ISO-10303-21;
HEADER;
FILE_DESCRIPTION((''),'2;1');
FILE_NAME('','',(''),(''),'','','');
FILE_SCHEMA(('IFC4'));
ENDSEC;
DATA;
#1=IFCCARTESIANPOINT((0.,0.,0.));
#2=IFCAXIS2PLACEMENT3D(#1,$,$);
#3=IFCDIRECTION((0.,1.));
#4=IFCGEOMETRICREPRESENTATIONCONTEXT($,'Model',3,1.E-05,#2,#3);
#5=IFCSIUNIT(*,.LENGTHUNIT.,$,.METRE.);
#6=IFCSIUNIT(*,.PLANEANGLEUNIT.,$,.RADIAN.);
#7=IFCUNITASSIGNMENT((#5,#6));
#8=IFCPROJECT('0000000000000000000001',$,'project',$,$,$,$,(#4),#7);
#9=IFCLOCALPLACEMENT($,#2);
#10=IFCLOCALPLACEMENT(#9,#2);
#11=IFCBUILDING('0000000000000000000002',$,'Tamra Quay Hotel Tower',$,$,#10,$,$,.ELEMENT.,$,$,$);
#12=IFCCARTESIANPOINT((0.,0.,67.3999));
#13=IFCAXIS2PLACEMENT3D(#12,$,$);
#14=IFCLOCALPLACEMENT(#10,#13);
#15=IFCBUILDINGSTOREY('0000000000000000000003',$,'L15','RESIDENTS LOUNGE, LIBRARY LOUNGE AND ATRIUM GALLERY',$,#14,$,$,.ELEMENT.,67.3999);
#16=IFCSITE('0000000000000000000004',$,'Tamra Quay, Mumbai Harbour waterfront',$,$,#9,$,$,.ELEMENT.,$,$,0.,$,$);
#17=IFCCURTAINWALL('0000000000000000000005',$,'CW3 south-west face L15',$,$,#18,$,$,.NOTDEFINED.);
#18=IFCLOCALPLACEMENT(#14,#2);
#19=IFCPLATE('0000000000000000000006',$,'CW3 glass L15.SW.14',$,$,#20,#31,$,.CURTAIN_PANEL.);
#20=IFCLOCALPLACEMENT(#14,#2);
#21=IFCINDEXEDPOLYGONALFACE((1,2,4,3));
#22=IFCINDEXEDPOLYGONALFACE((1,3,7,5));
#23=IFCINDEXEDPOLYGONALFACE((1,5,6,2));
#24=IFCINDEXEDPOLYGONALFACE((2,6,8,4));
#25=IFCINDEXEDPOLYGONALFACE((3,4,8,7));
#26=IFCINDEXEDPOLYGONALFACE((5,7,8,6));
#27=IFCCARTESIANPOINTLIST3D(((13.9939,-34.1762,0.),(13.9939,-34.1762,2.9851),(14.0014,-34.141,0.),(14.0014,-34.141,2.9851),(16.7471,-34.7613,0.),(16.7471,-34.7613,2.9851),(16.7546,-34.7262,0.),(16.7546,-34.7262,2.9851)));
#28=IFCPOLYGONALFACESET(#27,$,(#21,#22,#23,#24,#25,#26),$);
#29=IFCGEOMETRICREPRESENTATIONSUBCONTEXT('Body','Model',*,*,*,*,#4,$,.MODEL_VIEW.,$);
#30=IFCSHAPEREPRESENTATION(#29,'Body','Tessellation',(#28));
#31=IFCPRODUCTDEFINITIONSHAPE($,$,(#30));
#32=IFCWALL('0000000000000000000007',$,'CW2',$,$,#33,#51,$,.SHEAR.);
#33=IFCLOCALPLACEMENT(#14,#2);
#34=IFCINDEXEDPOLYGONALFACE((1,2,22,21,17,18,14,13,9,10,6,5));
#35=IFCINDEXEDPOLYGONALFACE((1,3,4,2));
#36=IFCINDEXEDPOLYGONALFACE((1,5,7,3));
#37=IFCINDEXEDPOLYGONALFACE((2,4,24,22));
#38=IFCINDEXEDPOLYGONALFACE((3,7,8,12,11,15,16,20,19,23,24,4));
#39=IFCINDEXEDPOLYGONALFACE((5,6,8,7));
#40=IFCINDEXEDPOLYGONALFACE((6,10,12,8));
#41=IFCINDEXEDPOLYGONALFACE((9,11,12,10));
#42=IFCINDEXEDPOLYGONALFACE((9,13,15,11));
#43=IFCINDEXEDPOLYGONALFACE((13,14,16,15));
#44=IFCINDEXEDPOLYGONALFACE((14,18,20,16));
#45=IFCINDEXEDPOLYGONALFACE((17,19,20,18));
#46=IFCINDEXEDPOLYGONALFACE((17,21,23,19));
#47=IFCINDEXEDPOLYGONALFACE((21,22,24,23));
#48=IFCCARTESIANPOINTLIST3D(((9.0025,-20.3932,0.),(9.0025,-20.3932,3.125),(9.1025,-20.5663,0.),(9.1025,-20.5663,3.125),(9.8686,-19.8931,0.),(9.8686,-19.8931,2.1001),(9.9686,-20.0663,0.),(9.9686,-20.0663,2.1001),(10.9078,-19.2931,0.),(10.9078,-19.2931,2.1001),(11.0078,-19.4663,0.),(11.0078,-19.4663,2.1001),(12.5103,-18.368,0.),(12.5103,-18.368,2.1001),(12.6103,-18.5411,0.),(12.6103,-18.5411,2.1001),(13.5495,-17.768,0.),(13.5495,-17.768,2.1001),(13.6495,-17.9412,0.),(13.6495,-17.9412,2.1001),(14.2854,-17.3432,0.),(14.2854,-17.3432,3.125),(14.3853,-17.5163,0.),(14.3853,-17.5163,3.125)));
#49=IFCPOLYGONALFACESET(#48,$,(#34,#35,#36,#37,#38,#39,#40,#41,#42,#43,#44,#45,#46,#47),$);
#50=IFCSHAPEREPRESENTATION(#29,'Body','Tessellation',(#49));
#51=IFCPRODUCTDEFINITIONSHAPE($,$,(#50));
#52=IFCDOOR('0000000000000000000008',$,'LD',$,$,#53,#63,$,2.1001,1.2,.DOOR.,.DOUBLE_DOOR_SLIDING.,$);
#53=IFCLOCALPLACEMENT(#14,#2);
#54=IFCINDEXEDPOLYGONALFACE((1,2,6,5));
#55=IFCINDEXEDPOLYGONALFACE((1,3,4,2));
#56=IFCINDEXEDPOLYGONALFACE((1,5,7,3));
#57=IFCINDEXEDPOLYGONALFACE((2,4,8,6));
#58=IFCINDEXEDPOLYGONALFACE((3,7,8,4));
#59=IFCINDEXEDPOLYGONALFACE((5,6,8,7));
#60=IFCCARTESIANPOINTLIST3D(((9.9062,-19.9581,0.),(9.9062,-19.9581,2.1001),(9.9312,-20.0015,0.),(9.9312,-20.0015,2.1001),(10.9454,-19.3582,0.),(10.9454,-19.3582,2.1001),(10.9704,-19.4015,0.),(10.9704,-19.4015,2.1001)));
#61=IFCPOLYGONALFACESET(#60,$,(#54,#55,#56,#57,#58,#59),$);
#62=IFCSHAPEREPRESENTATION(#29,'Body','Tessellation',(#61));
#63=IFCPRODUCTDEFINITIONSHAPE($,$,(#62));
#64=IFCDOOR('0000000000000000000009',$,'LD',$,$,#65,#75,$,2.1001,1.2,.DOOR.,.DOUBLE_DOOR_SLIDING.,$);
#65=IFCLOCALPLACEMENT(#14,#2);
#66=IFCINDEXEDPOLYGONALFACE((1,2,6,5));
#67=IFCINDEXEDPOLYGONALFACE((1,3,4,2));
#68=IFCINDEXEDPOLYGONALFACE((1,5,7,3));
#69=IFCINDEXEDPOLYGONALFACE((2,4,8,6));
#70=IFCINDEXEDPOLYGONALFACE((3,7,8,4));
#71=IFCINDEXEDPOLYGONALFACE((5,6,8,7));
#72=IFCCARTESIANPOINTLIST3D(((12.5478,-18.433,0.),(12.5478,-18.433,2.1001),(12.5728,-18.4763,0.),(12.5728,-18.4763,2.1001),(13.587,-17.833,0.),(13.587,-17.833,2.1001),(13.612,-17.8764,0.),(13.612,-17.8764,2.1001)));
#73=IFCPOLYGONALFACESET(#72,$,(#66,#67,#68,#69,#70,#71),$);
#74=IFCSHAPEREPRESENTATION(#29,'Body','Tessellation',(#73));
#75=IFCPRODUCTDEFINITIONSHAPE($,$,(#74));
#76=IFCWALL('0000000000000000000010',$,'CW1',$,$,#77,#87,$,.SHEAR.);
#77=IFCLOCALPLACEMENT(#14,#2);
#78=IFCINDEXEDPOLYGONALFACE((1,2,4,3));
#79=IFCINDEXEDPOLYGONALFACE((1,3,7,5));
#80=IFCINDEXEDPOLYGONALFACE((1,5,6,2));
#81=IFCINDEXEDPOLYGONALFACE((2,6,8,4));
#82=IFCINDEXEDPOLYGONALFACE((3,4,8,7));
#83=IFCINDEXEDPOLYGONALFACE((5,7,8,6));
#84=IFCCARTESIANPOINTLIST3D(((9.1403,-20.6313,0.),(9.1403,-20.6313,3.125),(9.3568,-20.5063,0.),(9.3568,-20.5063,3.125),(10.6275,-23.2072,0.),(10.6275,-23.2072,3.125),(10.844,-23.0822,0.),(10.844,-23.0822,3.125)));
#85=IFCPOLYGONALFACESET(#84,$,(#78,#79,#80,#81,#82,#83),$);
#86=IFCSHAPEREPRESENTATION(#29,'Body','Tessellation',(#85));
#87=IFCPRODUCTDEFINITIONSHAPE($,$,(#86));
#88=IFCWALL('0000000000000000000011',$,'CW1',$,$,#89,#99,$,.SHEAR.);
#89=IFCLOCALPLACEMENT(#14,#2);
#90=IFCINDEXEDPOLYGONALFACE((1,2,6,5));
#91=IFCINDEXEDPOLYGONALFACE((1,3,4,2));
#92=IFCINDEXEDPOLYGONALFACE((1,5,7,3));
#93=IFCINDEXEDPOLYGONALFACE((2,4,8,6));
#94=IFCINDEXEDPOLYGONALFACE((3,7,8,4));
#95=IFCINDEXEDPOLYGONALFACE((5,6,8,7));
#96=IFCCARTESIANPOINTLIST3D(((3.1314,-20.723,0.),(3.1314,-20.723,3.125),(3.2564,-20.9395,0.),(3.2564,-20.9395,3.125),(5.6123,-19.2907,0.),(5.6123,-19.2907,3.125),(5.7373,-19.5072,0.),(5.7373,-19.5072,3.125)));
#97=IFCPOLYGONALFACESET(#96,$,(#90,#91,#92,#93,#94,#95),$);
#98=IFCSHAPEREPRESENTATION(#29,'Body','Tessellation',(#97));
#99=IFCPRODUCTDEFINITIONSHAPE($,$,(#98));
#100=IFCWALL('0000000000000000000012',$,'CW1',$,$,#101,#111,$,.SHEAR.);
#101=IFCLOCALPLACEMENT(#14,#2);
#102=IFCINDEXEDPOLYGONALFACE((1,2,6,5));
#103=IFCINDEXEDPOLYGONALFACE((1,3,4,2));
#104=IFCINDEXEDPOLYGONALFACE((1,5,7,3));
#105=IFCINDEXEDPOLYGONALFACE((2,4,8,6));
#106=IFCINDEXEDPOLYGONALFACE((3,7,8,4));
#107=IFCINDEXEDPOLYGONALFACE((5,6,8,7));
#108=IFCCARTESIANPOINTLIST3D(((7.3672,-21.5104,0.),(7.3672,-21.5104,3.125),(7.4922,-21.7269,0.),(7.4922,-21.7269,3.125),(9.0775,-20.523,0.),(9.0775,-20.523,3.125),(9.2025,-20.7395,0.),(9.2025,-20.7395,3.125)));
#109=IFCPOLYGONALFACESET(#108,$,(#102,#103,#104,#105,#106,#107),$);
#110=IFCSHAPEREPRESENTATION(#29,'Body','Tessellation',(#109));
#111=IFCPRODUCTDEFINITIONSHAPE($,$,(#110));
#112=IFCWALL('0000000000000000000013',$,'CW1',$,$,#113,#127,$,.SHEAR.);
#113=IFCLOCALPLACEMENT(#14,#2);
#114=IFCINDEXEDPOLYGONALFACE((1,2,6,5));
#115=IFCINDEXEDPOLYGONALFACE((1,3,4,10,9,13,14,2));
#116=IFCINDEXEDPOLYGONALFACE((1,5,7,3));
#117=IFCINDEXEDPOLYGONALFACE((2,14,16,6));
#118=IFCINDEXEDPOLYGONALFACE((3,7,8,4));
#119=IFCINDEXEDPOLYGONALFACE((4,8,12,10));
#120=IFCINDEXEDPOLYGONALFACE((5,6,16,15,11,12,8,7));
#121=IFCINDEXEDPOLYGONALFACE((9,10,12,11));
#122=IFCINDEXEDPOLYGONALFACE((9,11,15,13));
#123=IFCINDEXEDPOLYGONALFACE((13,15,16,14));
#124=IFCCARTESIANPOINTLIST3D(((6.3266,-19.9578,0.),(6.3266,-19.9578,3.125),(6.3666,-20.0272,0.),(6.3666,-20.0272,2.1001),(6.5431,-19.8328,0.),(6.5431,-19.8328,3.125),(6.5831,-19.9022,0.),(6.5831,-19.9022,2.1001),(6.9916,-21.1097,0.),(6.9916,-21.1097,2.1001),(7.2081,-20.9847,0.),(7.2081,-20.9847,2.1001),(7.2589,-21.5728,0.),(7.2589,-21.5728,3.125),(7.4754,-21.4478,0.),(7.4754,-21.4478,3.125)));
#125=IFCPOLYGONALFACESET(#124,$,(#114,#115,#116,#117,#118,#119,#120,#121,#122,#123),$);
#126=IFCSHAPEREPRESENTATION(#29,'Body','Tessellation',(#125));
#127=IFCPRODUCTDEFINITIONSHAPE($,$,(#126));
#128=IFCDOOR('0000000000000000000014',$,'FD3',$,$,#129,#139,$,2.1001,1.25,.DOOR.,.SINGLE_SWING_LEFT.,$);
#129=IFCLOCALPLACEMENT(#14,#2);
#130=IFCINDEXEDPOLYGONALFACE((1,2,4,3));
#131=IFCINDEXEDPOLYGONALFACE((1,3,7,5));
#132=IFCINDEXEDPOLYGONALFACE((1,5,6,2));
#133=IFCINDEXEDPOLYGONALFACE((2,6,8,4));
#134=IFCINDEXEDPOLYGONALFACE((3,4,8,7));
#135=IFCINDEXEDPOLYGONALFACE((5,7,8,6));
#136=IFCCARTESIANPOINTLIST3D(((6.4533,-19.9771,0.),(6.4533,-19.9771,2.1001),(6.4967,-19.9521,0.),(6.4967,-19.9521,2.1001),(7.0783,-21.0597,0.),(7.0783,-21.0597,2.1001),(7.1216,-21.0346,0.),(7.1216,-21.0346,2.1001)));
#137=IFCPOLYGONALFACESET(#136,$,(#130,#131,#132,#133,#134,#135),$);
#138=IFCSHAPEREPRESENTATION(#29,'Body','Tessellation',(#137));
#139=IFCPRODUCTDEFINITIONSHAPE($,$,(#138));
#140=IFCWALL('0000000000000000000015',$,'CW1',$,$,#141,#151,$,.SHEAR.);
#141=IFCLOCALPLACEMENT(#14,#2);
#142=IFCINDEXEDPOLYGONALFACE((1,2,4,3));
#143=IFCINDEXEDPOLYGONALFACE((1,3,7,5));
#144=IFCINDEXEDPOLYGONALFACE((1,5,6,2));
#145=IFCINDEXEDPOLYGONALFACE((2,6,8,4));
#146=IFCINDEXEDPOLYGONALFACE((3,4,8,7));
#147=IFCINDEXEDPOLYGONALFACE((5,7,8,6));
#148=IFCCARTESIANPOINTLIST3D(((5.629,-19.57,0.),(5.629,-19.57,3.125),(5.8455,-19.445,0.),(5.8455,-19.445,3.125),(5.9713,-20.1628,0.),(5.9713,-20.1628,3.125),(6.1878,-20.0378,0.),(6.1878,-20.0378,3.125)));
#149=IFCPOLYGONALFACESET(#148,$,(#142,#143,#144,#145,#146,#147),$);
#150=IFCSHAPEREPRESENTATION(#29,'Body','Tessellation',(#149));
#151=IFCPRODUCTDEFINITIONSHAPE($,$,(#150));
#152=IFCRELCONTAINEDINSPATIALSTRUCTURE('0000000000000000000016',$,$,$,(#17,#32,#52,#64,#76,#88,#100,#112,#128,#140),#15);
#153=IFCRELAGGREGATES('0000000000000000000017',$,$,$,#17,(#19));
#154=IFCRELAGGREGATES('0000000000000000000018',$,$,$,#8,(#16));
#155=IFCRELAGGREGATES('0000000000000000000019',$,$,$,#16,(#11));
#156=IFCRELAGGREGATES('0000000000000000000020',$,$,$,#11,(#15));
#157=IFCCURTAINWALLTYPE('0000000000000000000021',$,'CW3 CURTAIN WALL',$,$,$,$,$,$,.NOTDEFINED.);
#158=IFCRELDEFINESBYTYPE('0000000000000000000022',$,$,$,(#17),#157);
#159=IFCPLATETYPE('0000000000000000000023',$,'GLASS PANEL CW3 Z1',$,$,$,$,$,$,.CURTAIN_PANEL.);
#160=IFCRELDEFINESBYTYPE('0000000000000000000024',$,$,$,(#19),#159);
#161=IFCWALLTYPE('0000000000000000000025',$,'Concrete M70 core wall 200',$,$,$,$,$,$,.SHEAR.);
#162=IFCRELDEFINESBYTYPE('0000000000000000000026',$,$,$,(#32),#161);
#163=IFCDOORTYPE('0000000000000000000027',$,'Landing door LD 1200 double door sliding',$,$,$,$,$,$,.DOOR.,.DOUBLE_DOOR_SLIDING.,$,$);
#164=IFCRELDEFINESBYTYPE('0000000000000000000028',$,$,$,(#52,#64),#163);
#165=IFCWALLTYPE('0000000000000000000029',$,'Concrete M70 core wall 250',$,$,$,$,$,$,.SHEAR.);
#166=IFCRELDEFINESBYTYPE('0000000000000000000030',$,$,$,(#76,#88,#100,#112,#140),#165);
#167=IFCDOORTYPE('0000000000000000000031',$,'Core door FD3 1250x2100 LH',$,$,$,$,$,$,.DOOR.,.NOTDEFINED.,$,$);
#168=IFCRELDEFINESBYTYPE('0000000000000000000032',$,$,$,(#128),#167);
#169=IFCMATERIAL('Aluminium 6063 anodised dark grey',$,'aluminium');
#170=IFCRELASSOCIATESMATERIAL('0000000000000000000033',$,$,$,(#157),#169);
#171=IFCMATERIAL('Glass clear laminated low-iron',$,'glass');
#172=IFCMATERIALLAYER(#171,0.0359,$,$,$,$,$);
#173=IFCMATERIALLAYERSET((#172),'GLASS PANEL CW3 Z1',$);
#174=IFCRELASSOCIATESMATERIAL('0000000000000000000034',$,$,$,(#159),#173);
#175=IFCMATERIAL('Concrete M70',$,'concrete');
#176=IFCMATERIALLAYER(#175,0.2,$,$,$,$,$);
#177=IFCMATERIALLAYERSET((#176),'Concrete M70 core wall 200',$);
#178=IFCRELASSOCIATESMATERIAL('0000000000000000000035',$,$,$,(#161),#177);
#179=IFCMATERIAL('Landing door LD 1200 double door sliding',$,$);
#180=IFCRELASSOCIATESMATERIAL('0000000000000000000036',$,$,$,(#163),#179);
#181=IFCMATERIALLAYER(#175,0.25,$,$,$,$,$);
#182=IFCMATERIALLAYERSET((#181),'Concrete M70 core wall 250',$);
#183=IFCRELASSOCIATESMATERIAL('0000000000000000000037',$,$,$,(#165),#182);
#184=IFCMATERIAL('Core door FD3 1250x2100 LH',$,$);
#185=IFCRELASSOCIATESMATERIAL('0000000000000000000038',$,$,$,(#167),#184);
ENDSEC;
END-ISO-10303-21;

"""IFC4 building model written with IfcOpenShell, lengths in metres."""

from ifc_helpers import new_model, si_unit, direction, frame, frame_2d, origin, origin_2d, place, context, subcontext, project, spatial, rectangle, extrude, material, layer, layer_set, type_object, element, fill, aggregate, save


model = new_model("IFC4")

# Units and contexts
model_context = context("Model", 3, precision=1e-05, world=origin(), true_north=direction((0.0, 1.0)))
body_context = subcontext(model_context, "Body", "Model", "MODEL_VIEW")
ifc_project = project(units=[si_unit("LENGTHUNIT", "METRE"), si_unit("PLANEANGLEUNIT", "RADIAN")], contexts=[model_context])

# Site, building, storey
site_placement = place(None, origin())
site = spatial("IfcSite", under=ifc_project, at=site_placement, Name="Tamra Quay, Mumbai Harbour waterfront", CompositionType="ELEMENT", RefElevation=0.0)
building_placement = place(site_placement, origin())
building = spatial("IfcBuilding", under=site, at=building_placement, Name="Tamra Quay Hotel Tower", CompositionType="ELEMENT")
storey_placement = place(building_placement, frame((0.0, 0.0, 67.3999)))
storey = spatial("IfcBuildingStorey", under=building, at=storey_placement, Name="L15", Description="RESIDENTS LOUNGE, LIBRARY LOUNGE AND ATRIUM GALLERY", CompositionType="ELEMENT", Elevation=67.3999)

# Shared definitions
ifc_material_1 = material(Name="Concrete M70", Category="concrete")

# Curtain wall
ifc_material_2 = material(Name="Aluminium 6063 anodised dark grey", Category="aluminium")
curtain_wall_type = type_object("IfcCurtainWallType", Name="CW3 CURTAIN WALL", PredefinedType="NOTDEFINED", material=ifc_material_2)
curtain_wall_placement = place(storey_placement, origin())
curtain_wall = element("IfcCurtainWall", 1, at=curtain_wall_placement, inside=storey, type_object=curtain_wall_type, Name="CW3 south-west face L15", PredefinedType="NOTDEFINED")

# Plate
ifc_material_3 = material(Name="Glass clear laminated low-iron", Category="glass")
ifc_layer_1 = layer(ifc_material_3, 0.0359)
ifc_layer_set_1 = layer_set([ifc_layer_1], Name="GLASS PANEL CW3 Z1")
plate_type = type_object("IfcPlateType", Name="GLASS PANEL CW3 Z1", PredefinedType="CURTAIN_PANEL", material=ifc_layer_set_1)
plate_1_placement = place(storey_placement, frame((15.3743, -34.4512, 0.0), z_axis=(0.0, 0.0, 1.0), x_axis=(0.978153, -0.207887, 0.0)))
plate_1 = element("IfcPlate", 2, at=plate_1_placement, type_object=plate_type, Name="CW3 glass L15.SW.14", PredefinedType="CURTAIN_PANEL", context=body_context, shape_type="SweptSolid", body=[
    extrude(rectangle(XDim=2.8147, YDim=0.0359, at=origin_2d()), origin(), (0.0, 0.0, 1.0), 2.9851),
])
aggregate(curtain_wall, [plate_1])

# Wall, openings, doors
ifc_layer_2 = layer(ifc_material_1, 0.2)
ifc_layer_set_2 = layer_set([ifc_layer_2], Name="Concrete M70 core wall 200")
wall_type_1 = type_object("IfcWallType", Name="Concrete M70 core wall 200", PredefinedType="SHEAR", material=ifc_layer_set_2)
wall_1_placement = place(storey_placement, frame((9.0525, -20.4797, 0.0), z_axis=(0.0, 0.0, 1.0), x_axis=(0.86603, 0.499992, 0.0)))
wall_1 = element("IfcWall", 3, at=wall_1_placement, inside=storey, type_object=wall_type_1, Name="CW2", PredefinedType="SHEAR", context=body_context, shape_type="SweptSolid", body=[
    extrude(rectangle(XDim=6.1001, YDim=0.2, at=frame_2d((3.05, 0.0))), origin(), (0.0, 0.0, 1.0), 3.125),
])
opening_1_placement = place(wall_1_placement, frame((1.0, 0.0, 0.0)))
opening_1 = element("IfcOpeningElement", 4, at=opening_1_placement, cuts=wall_1, PredefinedType="OPENING", context=body_context, shape_type="SweptSolid", body=[
    extrude(rectangle(XDim=1.2, YDim=2.1001, at=frame_2d((0.6001, 1.05))), frame((0.0, 0.1099, 0.0), z_axis=(0.0, -1.0, 0.0), x_axis=(1.0, 0.0, 0.0)), (0.0, 0.0, 1.0), 0.22),
])
opening_2_placement = place(wall_1_placement, frame((4.0503, 0.0, 0.0)))
opening_2 = element("IfcOpeningElement", 5, at=opening_2_placement, cuts=wall_1, PredefinedType="OPENING", context=body_context, shape_type="SweptSolid", body=[
    extrude(rectangle(XDim=1.2, YDim=2.1001, at=frame_2d((0.6001, 1.05))), frame((0.0, 0.1099, 0.0), z_axis=(0.0, -1.0, 0.0), x_axis=(1.0, 0.0, 0.0)), (0.0, 0.0, 1.0), 0.22),
])
ifc_material_4 = material(Name="Landing door LD 1200 double door sliding")
door_type_1 = type_object("IfcDoorType", Name="Landing door LD 1200 double door sliding", OperationType="DOUBLE_DOOR_SLIDING", PredefinedType="DOOR", material=ifc_material_4)
door_1_placement = place(opening_1_placement, origin())
door_1 = element("IfcDoor", 6, at=door_1_placement, inside=storey, type_object=door_type_1, Name="LD", OperationType="DOUBLE_DOOR_SLIDING", OverallHeight=2.1001, OverallWidth=1.2, PredefinedType="DOOR", context=body_context, shape_type="SweptSolid", body=[
    extrude(rectangle(XDim=1.2, YDim=2.1001, at=frame_2d((0.6001, 1.05))), frame((0.0, 0.0249, 0.0), z_axis=(0.0, -1.0, 0.0), x_axis=(1.0, 0.0, 0.0)), (0.0, 0.0, 1.0), 0.05),
])
fill(opening_1, door_1)
door_2_placement = place(opening_2_placement, origin())
door_2 = element("IfcDoor", 7, at=door_2_placement, inside=storey, type_object=door_type_1, Name="LD", OperationType="DOUBLE_DOOR_SLIDING", OverallHeight=2.1001, OverallWidth=1.2, PredefinedType="DOOR", context=body_context, shape_type="SweptSolid", body=[
    extrude(rectangle(XDim=1.2, YDim=2.1001, at=frame_2d((0.6001, 1.05))), frame((0.0, 0.0249, 0.0), z_axis=(0.0, -1.0, 0.0), x_axis=(1.0, 0.0, 0.0)), (0.0, 0.0, 1.0), 0.05),
])
fill(opening_2, door_2)

# Walls
ifc_layer_3 = layer(ifc_material_1, 0.25)
ifc_layer_set_3 = layer_set([ifc_layer_3], Name="Concrete M70 core wall 250")
wall_type_2 = type_object("IfcWallType", Name="Concrete M70 core wall 250", PredefinedType="SHEAR", material=ifc_layer_set_3)
wall_2_placement = place(storey_placement, frame((10.7358, -23.1448, 0.0), z_axis=(0.0, 0.0, 1.0), x_axis=(-0.500023, 0.866012, 0.0)))
element("IfcWall", 8, at=wall_2_placement, inside=storey, type_object=wall_type_2, Name="CW1", PredefinedType="SHEAR", context=body_context, shape_type="SweptSolid", body=[
    extrude(rectangle(XDim=2.9744, YDim=0.25, at=frame_2d((1.4873, 0.0))), origin(), (0.0, 0.0, 1.0), 3.125),
])
wall_3_placement = place(storey_placement, frame((5.6748, -19.3989, 0.0), z_axis=(0.0, 0.0, 1.0), x_axis=(-0.866027, -0.499998, 0.0)))
element("IfcWall", 9, at=wall_3_placement, inside=storey, type_object=wall_type_2, Name="CW1", PredefinedType="SHEAR", context=body_context, shape_type="SweptSolid", body=[
    extrude(rectangle(XDim=2.8647, YDim=0.25, at=frame_2d((1.4324, 0.0))), origin(), (0.0, 0.0, 1.0), 3.125),
])
wall_4_placement = place(storey_placement, frame((9.1399, -20.6313, 0.0), z_axis=(0.0, 0.0, 1.0), x_axis=(-0.866044, -0.499969, 0.0)))
element("IfcWall", 10, at=wall_4_placement, inside=storey, type_object=wall_type_2, Name="CW1", PredefinedType="SHEAR", context=body_context, shape_type="SweptSolid", body=[
    extrude(rectangle(XDim=1.9749, YDim=0.25, at=frame_2d((0.9873, 0.0))), origin(), (0.0, 0.0, 1.0), 3.125),
])

# Wall, opening, door
wall_5_placement = place(storey_placement, frame((7.3672, -21.5103, 0.0), z_axis=(0.0, 0.0, 1.0), x_axis=(-0.499983, 0.866035, 0.0)))
wall_5 = element("IfcWall", 11, at=wall_5_placement, inside=storey, type_object=wall_type_2, Name="CW1", PredefinedType="SHEAR", context=body_context, shape_type="SweptSolid", body=[
    extrude(rectangle(XDim=1.8647, YDim=0.25, at=frame_2d((0.9324, 0.0))), origin(), (0.0, 0.0, 1.0), 3.125),
])
opening_3_placement = place(wall_5_placement, frame((0.5347, 0.0, 0.0)))
opening_3 = element("IfcOpeningElement", 12, at=opening_3_placement, cuts=wall_5, PredefinedType="OPENING", context=body_context, shape_type="SweptSolid", body=[
    extrude(rectangle(XDim=1.25, YDim=2.1001, at=frame_2d((0.625, 1.05))), frame((0.0, 0.135, 0.0), z_axis=(0.0, -1.0, 0.0), x_axis=(1.0, 0.0, 0.0)), (0.0, 0.0, 1.0), 0.27),
])
ifc_material_5 = material(Name="Core door FD3 1250x2100 LH")
door_type_2 = type_object("IfcDoorType", Name="Core door FD3 1250x2100 LH", OperationType="NOTDEFINED", PredefinedType="DOOR", material=ifc_material_5)
door_3_placement = place(opening_3_placement, origin())
door_3 = element("IfcDoor", 13, at=door_3_placement, inside=storey, type_object=door_type_2, Name="FD3", OperationType="SINGLE_SWING_LEFT", OverallHeight=2.1001, OverallWidth=1.25, PredefinedType="DOOR", context=body_context, shape_type="SweptSolid", body=[
    extrude(rectangle(XDim=1.25, YDim=2.1001, at=frame_2d((0.625, 1.05))), frame((0.0, 0.0249, 0.0), z_axis=(0.0, -1.0, 0.0), x_axis=(1.0, 0.0, 0.0)), (0.0, 0.0, 1.0), 0.05),
])
fill(opening_3, door_3)

# Wall
wall_6_placement = place(storey_placement, frame((6.0796, -20.1003, 0.0), z_axis=(0.0, 0.0, 1.0), x_axis=(-0.500052, 0.865996, 0.0)))
element("IfcWall", 14, at=wall_6_placement, inside=storey, type_object=wall_type_2, Name="CW1", PredefinedType="SHEAR", context=body_context, shape_type="SweptSolid", body=[
    extrude(rectangle(XDim=0.6846, YDim=0.25, at=frame_2d((0.3423, 0.0))), origin(), (0.0, 0.0, 1.0), 3.125),
])

save(model, "model.ifc")
